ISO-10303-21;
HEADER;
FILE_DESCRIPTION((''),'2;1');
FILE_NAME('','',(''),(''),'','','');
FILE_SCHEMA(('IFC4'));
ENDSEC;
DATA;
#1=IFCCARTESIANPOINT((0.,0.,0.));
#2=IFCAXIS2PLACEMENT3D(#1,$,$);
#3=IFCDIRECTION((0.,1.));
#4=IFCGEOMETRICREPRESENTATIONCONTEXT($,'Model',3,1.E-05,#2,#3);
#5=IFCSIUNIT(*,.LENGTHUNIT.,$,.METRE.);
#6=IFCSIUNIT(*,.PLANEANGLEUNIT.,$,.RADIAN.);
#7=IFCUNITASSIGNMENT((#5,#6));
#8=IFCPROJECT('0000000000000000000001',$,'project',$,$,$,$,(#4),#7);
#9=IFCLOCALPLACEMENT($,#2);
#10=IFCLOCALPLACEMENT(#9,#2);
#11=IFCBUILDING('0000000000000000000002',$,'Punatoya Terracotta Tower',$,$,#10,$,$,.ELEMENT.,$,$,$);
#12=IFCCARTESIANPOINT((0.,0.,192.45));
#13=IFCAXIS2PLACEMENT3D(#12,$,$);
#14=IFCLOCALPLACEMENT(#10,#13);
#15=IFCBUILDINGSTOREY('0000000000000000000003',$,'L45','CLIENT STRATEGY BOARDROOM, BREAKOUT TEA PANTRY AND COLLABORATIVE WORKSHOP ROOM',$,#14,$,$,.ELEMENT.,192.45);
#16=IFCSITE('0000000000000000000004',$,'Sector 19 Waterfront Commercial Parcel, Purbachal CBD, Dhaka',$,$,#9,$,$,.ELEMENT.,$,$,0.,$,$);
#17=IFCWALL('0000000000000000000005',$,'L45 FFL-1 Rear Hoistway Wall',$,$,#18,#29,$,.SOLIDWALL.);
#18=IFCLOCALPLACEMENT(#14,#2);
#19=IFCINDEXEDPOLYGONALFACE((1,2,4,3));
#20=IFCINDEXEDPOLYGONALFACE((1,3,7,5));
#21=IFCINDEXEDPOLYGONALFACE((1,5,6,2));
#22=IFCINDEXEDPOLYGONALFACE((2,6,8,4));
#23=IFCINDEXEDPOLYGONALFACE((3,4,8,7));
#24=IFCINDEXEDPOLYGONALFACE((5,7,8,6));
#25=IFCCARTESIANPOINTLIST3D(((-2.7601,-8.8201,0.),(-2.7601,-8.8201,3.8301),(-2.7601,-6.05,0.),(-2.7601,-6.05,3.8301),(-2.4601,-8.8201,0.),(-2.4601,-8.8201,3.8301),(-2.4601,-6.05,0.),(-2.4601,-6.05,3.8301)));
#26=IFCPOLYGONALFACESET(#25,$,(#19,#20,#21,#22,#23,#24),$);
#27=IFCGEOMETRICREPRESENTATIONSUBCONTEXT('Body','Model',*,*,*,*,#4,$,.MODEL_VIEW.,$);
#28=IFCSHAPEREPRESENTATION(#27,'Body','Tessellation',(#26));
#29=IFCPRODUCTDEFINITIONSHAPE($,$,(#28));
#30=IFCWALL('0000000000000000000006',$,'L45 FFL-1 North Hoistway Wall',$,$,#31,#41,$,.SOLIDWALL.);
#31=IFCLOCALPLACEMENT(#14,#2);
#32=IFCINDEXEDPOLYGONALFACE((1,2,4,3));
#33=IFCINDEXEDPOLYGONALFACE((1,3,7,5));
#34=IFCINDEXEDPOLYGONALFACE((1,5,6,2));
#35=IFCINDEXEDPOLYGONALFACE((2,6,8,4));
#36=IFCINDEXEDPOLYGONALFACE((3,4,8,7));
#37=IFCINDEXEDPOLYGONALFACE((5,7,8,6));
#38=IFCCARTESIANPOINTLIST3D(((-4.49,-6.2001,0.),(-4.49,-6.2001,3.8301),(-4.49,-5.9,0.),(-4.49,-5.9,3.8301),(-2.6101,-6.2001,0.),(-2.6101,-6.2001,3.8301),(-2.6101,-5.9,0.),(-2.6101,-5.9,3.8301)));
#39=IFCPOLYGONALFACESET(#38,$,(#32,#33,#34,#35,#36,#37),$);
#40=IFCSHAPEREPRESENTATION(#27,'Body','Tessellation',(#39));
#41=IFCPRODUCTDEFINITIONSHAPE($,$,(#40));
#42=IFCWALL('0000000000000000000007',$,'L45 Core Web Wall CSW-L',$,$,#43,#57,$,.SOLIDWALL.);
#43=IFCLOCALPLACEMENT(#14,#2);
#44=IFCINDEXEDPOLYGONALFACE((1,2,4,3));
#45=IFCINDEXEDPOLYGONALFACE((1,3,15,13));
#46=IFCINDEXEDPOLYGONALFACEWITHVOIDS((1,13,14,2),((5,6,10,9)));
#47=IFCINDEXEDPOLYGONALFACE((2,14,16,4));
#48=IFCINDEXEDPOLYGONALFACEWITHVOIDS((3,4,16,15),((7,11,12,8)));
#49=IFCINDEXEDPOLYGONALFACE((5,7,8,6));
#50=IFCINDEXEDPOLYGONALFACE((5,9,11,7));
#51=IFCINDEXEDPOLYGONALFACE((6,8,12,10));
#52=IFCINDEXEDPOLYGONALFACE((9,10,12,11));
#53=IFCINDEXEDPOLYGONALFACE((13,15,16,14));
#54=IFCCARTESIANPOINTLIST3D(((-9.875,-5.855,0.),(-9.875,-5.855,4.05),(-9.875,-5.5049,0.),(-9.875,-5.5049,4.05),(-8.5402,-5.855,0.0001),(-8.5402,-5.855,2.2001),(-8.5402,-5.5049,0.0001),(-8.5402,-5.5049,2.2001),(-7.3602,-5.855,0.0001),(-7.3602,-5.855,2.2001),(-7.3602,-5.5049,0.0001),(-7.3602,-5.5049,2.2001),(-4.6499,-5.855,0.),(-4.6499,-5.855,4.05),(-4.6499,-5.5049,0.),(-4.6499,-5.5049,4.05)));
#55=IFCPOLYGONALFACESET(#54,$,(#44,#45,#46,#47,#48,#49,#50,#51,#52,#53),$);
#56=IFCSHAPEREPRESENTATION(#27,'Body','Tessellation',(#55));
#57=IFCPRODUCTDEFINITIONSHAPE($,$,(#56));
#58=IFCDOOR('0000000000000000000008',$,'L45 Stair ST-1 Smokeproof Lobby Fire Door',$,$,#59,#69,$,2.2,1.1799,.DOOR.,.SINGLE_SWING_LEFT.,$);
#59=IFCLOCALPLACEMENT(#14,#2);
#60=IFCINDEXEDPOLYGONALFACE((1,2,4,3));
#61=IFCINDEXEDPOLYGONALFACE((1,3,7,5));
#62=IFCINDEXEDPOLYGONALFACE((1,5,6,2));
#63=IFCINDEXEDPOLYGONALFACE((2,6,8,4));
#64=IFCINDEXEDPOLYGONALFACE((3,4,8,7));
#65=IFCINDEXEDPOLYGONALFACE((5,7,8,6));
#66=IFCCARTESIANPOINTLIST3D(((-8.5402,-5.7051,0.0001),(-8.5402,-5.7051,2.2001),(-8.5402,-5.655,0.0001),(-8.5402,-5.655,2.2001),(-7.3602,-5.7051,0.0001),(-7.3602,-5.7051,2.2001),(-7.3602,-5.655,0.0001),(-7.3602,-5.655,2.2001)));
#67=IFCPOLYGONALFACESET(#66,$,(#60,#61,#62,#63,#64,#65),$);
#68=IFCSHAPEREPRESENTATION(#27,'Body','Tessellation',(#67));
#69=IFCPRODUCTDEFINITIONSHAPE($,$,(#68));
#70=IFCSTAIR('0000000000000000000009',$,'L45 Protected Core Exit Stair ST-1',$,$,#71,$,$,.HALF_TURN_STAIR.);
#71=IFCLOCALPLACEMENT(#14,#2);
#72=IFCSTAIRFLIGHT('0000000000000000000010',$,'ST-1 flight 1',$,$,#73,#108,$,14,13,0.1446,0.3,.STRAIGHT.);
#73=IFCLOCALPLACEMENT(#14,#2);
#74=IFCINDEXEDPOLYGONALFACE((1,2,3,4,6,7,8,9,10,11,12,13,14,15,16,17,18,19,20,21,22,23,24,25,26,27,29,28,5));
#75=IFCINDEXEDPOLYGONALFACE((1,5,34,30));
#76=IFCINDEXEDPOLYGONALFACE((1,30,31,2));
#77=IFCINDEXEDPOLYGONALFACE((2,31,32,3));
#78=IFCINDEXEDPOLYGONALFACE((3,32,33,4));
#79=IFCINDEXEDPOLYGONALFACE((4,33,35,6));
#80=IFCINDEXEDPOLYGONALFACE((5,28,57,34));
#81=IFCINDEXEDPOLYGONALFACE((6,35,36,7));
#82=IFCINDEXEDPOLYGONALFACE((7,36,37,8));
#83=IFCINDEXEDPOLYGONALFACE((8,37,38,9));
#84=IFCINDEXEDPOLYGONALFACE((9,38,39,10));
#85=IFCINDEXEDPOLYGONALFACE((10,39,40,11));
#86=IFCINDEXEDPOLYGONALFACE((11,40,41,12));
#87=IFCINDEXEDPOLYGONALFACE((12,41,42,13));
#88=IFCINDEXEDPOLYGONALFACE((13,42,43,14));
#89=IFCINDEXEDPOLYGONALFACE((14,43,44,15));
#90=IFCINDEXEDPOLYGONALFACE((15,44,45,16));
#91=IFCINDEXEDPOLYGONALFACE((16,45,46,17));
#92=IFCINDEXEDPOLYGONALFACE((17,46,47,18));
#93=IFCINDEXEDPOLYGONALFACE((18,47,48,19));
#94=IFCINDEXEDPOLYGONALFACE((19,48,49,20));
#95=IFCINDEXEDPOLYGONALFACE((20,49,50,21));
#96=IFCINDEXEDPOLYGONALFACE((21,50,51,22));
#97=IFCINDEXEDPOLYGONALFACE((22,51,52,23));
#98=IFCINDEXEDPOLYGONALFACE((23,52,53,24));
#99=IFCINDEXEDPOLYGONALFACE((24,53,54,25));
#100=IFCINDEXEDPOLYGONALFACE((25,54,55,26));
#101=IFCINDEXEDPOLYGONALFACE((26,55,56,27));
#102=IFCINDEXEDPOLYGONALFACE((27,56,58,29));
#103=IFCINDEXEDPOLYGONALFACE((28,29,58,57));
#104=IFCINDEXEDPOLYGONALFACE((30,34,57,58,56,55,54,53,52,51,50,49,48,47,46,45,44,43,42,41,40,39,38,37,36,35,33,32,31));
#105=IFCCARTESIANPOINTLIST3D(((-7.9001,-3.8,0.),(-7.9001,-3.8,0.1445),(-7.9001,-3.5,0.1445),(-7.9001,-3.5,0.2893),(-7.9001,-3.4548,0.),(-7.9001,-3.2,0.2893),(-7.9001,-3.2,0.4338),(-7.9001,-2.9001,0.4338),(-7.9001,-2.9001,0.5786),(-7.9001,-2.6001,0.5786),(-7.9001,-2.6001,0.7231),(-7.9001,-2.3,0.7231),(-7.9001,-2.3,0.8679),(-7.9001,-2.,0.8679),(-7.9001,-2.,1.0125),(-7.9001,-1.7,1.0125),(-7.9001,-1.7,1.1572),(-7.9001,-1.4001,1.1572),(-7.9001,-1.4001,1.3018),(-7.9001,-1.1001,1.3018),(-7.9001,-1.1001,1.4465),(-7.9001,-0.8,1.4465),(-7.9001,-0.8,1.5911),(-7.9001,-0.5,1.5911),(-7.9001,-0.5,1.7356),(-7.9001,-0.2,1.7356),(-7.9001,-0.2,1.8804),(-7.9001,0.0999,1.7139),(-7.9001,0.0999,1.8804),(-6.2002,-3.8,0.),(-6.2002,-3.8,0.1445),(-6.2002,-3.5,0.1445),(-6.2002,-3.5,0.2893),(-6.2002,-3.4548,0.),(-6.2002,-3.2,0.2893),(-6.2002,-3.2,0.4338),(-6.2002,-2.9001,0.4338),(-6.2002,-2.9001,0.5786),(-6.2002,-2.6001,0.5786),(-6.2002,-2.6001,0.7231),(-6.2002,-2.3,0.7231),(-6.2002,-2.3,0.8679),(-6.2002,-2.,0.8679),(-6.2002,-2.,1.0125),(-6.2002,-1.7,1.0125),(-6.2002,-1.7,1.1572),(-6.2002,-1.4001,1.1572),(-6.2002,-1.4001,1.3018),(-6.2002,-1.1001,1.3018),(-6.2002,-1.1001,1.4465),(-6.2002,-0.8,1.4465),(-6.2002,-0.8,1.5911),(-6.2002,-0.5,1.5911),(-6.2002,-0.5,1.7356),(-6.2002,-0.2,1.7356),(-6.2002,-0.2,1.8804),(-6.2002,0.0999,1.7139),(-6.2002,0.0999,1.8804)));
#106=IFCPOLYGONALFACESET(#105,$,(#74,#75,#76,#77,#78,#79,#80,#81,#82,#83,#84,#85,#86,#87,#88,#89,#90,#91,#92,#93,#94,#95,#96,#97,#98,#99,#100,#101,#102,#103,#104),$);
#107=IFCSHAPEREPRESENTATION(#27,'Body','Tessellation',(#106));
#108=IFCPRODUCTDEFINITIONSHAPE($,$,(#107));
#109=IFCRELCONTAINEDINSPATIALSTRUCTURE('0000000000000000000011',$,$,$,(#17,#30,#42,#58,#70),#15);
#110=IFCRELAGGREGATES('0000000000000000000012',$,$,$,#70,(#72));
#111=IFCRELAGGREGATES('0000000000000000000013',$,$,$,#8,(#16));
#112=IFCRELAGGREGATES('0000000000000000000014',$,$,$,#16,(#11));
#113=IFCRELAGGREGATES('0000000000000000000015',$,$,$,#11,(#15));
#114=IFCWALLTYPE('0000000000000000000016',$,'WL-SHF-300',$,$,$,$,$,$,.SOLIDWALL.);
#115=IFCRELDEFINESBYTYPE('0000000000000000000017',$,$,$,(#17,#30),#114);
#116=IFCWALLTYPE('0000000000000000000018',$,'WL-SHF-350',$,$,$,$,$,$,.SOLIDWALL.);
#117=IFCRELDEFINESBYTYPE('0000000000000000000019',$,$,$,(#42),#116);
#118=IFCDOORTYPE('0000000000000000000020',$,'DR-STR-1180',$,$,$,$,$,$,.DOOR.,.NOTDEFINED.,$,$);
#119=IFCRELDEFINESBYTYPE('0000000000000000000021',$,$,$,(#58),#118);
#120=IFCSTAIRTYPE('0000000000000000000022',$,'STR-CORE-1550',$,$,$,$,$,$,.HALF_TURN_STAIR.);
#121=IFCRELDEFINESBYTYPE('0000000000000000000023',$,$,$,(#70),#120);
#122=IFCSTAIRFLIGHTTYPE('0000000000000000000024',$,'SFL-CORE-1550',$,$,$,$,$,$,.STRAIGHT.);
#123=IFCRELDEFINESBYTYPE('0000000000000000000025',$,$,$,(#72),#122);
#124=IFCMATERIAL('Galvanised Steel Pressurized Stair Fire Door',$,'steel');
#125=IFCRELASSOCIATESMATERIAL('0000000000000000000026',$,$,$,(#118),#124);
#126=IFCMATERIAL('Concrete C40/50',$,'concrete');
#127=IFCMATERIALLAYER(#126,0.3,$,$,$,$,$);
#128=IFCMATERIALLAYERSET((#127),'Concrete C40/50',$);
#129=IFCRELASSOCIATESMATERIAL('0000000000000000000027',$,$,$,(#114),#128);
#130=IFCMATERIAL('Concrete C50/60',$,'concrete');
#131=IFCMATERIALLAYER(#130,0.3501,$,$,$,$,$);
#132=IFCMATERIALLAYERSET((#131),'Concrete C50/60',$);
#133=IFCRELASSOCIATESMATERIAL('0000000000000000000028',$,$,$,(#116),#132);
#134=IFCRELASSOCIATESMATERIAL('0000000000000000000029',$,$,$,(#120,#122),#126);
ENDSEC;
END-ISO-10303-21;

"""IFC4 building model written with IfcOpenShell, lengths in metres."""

from ifc_helpers import new_model, si_unit, direction, frame, frame_2d, origin, place, context, subcontext, project, spatial, polyline, rectangle, outline, extrude, material, layer, layer_set, type_object, element, fill, aggregate, save


model = new_model("IFC4")

# Units and contexts
model_context = context("Model", 3, precision=1e-05, world=origin(), true_north=direction((0.0, 1.0)))
body_context = subcontext(model_context, "Body", "Model", "MODEL_VIEW")
ifc_project = project(units=[si_unit("LENGTHUNIT", "METRE"), si_unit("PLANEANGLEUNIT", "RADIAN")], contexts=[model_context])

# Site, building, storey
site_placement = place(None, origin())
site = spatial("IfcSite", under=ifc_project, at=site_placement, Name="Sector 19 Waterfront Commercial Parcel, Purbachal CBD, Dhaka", CompositionType="ELEMENT", RefElevation=0.0)
building_placement = place(site_placement, origin())
building = spatial("IfcBuilding", under=site, at=building_placement, Name="Punatoya Terracotta Tower", CompositionType="ELEMENT")
storey_placement = place(building_placement, frame((0.0, 0.0, 192.45)))
storey = spatial("IfcBuildingStorey", under=building, at=storey_placement, Name="L45", Description="CLIENT STRATEGY BOARDROOM, BREAKOUT TEA PANTRY AND COLLABORATIVE WORKSHOP ROOM", CompositionType="ELEMENT", Elevation=192.45)

# Shared definitions
ifc_material_1 = material(Name="Galvanised Steel Pressurized Stair Fire Door", Category="steel")
door_type_1 = type_object("IfcDoorType", Name="DR-STR-1180", OperationType="NOTDEFINED", PredefinedType="DOOR", material=ifc_material_1)

# Shared definitions
ifc_material_2 = material(Name="Concrete C40/50", Category="concrete")
ifc_layer_1 = layer(ifc_material_2, 0.3)
ifc_layer_set_1 = layer_set([ifc_layer_1], Name="Concrete C40/50")
wall_type_1 = type_object("IfcWallType", Name="WL-SHF-300", PredefinedType="SOLIDWALL", material=ifc_layer_set_1)

# Walls
wall_1_placement = place(storey_placement, frame((-2.6101, -8.8201, 0.0), z_axis=(0.0, 0.0, 1.0), x_axis=(0.0, 1.0, 0.0)))
element("IfcWall", 1, at=wall_1_placement, inside=storey, type_object=wall_type_1, Name="L45 FFL-1 Rear Hoistway Wall", PredefinedType="SOLIDWALL", context=body_context, shape_type="SweptSolid", body=[
    extrude(rectangle(XDim=2.77, YDim=0.3, at=frame_2d((1.385, 0.0))), origin(), (0.0, 0.0, 1.0), 3.8301),
])
wall_2_placement = place(storey_placement, frame((-4.49, -6.05, 0.0), z_axis=(0.0, 0.0, 1.0), x_axis=(1.0, 0.0, 0.0)))
element("IfcWall", 2, at=wall_2_placement, inside=storey, type_object=wall_type_1, Name="L45 FFL-1 North Hoistway Wall", PredefinedType="SOLIDWALL", context=body_context, shape_type="SweptSolid", body=[
    extrude(rectangle(XDim=1.8799, YDim=0.3, at=frame_2d((0.9399, 0.0))), origin(), (0.0, 0.0, 1.0), 3.8301),
])

# Wall, opening, door
ifc_material_3 = material(Name="Concrete C50/60", Category="concrete")
ifc_layer_2 = layer(ifc_material_3, 0.3501)
ifc_layer_set_2 = layer_set([ifc_layer_2], Name="Concrete C50/60")
wall_type_2 = type_object("IfcWallType", Name="WL-SHF-350", PredefinedType="SOLIDWALL", material=ifc_layer_set_2)
wall_3_placement = place(storey_placement, frame((-9.875, -5.6799, 0.0), z_axis=(0.0, 0.0, 1.0), x_axis=(1.0, 0.0, 0.0)))
wall_3 = element("IfcWall", 3, at=wall_3_placement, inside=storey, type_object=wall_type_2, Name="L45 Core Web Wall CSW-L", PredefinedType="SOLIDWALL", context=body_context, shape_type="SweptSolid", body=[
    extrude(rectangle(XDim=5.2251, YDim=0.3501, at=frame_2d((2.6125, 0.0))), origin(), (0.0, 0.0, 1.0), 4.05),
])
opening_1_placement = place(wall_3_placement, frame((1.335, 0.0, 0.0)))
opening_1 = element("IfcOpeningElement", 4, at=opening_1_placement, cuts=wall_3, PredefinedType="OPENING", context=body_context, shape_type="SweptSolid", body=[
    extrude(rectangle(XDim=1.1799, YDim=2.2, at=frame_2d((0.5898, 1.1001))), frame((0.0, 0.1851, 0.0), z_axis=(0.0, -1.0, 0.0), x_axis=(1.0, 0.0, 0.0)), (0.0, 0.0, 1.0), 0.3701),
])
door_1_placement = place(opening_1_placement, origin())
door_1 = element("IfcDoor", 5, at=door_1_placement, inside=storey, type_object=door_type_1, Name="L45 Stair ST-1 Smokeproof Lobby Fire Door", OperationType="SINGLE_SWING_LEFT", OverallHeight=2.2, OverallWidth=1.1799, PredefinedType="DOOR", context=body_context, shape_type="SweptSolid", body=[
    extrude(rectangle(XDim=1.1799, YDim=2.2, at=frame_2d((0.5898, 1.1001))), frame((0.0, 0.0249, 0.0), z_axis=(0.0, -1.0, 0.0), x_axis=(1.0, 0.0, 0.0)), (0.0, 0.0, 1.0), 0.05),
])
fill(opening_1, door_1)

# Stair, stair flight
stair_type = type_object("IfcStairType", Name="STR-CORE-1550", PredefinedType="HALF_TURN_STAIR", material=ifc_material_2)
stair_placement = place(storey_placement, origin())
stair = element("IfcStair", 6, at=stair_placement, inside=storey, type_object=stair_type, Name="L45 Protected Core Exit Stair ST-1", PredefinedType="HALF_TURN_STAIR")
stair_flight_type = type_object("IfcStairFlightType", Name="SFL-CORE-1550", PredefinedType="STRAIGHT", material=ifc_material_2)
stair_flight_placement = place(storey_placement, frame((-7.05, -3.8, 0.0), z_axis=(0.0, 0.0, 1.0), x_axis=(0.0, 1.0, 0.0)))
stair_flight = element("IfcStairFlight", 7, at=stair_flight_placement, type_object=stair_flight_type, Name="ST-1 flight 1", NumberOfRisers=14, NumberOfTreads=13, PredefinedType="STRAIGHT", RiserHeight=0.1446, TreadLength=0.3, context=body_context, shape_type="SweptSolid", body=[
    extrude(outline(polyline([(0.0, 0.0), (0.0, 0.1445), (0.3, 0.1445), (0.3, 0.2893), (0.6001, 0.2893), (0.6001, 0.4338), (0.8999, 0.4338), (0.8999, 0.5786), (1.2, 0.5786), (1.2, 0.7231), (1.5, 0.7231), (1.5, 0.8679), (1.8, 0.8679), (1.8, 1.0125), (2.1001, 1.0125), (2.1001, 1.1572), (2.3999, 1.1572), (2.3999, 1.3018), (2.7, 1.3018), (2.7, 1.4465), (3.0, 1.4465), (3.0, 1.5911), (3.3, 1.5911), (3.3, 1.7356), (3.6001, 1.7356), (3.6001, 1.8804), (3.8999, 1.8804), (3.8999, 2.0249), (3.8999, 1.7139), (0.3452, 0.0), (0.0, 0.0)])), frame((0.0, 0.8501, 0.0), z_axis=(0.0, -1.0, 0.0), x_axis=(1.0, 0.0, 0.0)), (0.0, 0.0, 1.0), 1.7),
])
aggregate(stair, [stair_flight])

save(model, "model.ifc")
